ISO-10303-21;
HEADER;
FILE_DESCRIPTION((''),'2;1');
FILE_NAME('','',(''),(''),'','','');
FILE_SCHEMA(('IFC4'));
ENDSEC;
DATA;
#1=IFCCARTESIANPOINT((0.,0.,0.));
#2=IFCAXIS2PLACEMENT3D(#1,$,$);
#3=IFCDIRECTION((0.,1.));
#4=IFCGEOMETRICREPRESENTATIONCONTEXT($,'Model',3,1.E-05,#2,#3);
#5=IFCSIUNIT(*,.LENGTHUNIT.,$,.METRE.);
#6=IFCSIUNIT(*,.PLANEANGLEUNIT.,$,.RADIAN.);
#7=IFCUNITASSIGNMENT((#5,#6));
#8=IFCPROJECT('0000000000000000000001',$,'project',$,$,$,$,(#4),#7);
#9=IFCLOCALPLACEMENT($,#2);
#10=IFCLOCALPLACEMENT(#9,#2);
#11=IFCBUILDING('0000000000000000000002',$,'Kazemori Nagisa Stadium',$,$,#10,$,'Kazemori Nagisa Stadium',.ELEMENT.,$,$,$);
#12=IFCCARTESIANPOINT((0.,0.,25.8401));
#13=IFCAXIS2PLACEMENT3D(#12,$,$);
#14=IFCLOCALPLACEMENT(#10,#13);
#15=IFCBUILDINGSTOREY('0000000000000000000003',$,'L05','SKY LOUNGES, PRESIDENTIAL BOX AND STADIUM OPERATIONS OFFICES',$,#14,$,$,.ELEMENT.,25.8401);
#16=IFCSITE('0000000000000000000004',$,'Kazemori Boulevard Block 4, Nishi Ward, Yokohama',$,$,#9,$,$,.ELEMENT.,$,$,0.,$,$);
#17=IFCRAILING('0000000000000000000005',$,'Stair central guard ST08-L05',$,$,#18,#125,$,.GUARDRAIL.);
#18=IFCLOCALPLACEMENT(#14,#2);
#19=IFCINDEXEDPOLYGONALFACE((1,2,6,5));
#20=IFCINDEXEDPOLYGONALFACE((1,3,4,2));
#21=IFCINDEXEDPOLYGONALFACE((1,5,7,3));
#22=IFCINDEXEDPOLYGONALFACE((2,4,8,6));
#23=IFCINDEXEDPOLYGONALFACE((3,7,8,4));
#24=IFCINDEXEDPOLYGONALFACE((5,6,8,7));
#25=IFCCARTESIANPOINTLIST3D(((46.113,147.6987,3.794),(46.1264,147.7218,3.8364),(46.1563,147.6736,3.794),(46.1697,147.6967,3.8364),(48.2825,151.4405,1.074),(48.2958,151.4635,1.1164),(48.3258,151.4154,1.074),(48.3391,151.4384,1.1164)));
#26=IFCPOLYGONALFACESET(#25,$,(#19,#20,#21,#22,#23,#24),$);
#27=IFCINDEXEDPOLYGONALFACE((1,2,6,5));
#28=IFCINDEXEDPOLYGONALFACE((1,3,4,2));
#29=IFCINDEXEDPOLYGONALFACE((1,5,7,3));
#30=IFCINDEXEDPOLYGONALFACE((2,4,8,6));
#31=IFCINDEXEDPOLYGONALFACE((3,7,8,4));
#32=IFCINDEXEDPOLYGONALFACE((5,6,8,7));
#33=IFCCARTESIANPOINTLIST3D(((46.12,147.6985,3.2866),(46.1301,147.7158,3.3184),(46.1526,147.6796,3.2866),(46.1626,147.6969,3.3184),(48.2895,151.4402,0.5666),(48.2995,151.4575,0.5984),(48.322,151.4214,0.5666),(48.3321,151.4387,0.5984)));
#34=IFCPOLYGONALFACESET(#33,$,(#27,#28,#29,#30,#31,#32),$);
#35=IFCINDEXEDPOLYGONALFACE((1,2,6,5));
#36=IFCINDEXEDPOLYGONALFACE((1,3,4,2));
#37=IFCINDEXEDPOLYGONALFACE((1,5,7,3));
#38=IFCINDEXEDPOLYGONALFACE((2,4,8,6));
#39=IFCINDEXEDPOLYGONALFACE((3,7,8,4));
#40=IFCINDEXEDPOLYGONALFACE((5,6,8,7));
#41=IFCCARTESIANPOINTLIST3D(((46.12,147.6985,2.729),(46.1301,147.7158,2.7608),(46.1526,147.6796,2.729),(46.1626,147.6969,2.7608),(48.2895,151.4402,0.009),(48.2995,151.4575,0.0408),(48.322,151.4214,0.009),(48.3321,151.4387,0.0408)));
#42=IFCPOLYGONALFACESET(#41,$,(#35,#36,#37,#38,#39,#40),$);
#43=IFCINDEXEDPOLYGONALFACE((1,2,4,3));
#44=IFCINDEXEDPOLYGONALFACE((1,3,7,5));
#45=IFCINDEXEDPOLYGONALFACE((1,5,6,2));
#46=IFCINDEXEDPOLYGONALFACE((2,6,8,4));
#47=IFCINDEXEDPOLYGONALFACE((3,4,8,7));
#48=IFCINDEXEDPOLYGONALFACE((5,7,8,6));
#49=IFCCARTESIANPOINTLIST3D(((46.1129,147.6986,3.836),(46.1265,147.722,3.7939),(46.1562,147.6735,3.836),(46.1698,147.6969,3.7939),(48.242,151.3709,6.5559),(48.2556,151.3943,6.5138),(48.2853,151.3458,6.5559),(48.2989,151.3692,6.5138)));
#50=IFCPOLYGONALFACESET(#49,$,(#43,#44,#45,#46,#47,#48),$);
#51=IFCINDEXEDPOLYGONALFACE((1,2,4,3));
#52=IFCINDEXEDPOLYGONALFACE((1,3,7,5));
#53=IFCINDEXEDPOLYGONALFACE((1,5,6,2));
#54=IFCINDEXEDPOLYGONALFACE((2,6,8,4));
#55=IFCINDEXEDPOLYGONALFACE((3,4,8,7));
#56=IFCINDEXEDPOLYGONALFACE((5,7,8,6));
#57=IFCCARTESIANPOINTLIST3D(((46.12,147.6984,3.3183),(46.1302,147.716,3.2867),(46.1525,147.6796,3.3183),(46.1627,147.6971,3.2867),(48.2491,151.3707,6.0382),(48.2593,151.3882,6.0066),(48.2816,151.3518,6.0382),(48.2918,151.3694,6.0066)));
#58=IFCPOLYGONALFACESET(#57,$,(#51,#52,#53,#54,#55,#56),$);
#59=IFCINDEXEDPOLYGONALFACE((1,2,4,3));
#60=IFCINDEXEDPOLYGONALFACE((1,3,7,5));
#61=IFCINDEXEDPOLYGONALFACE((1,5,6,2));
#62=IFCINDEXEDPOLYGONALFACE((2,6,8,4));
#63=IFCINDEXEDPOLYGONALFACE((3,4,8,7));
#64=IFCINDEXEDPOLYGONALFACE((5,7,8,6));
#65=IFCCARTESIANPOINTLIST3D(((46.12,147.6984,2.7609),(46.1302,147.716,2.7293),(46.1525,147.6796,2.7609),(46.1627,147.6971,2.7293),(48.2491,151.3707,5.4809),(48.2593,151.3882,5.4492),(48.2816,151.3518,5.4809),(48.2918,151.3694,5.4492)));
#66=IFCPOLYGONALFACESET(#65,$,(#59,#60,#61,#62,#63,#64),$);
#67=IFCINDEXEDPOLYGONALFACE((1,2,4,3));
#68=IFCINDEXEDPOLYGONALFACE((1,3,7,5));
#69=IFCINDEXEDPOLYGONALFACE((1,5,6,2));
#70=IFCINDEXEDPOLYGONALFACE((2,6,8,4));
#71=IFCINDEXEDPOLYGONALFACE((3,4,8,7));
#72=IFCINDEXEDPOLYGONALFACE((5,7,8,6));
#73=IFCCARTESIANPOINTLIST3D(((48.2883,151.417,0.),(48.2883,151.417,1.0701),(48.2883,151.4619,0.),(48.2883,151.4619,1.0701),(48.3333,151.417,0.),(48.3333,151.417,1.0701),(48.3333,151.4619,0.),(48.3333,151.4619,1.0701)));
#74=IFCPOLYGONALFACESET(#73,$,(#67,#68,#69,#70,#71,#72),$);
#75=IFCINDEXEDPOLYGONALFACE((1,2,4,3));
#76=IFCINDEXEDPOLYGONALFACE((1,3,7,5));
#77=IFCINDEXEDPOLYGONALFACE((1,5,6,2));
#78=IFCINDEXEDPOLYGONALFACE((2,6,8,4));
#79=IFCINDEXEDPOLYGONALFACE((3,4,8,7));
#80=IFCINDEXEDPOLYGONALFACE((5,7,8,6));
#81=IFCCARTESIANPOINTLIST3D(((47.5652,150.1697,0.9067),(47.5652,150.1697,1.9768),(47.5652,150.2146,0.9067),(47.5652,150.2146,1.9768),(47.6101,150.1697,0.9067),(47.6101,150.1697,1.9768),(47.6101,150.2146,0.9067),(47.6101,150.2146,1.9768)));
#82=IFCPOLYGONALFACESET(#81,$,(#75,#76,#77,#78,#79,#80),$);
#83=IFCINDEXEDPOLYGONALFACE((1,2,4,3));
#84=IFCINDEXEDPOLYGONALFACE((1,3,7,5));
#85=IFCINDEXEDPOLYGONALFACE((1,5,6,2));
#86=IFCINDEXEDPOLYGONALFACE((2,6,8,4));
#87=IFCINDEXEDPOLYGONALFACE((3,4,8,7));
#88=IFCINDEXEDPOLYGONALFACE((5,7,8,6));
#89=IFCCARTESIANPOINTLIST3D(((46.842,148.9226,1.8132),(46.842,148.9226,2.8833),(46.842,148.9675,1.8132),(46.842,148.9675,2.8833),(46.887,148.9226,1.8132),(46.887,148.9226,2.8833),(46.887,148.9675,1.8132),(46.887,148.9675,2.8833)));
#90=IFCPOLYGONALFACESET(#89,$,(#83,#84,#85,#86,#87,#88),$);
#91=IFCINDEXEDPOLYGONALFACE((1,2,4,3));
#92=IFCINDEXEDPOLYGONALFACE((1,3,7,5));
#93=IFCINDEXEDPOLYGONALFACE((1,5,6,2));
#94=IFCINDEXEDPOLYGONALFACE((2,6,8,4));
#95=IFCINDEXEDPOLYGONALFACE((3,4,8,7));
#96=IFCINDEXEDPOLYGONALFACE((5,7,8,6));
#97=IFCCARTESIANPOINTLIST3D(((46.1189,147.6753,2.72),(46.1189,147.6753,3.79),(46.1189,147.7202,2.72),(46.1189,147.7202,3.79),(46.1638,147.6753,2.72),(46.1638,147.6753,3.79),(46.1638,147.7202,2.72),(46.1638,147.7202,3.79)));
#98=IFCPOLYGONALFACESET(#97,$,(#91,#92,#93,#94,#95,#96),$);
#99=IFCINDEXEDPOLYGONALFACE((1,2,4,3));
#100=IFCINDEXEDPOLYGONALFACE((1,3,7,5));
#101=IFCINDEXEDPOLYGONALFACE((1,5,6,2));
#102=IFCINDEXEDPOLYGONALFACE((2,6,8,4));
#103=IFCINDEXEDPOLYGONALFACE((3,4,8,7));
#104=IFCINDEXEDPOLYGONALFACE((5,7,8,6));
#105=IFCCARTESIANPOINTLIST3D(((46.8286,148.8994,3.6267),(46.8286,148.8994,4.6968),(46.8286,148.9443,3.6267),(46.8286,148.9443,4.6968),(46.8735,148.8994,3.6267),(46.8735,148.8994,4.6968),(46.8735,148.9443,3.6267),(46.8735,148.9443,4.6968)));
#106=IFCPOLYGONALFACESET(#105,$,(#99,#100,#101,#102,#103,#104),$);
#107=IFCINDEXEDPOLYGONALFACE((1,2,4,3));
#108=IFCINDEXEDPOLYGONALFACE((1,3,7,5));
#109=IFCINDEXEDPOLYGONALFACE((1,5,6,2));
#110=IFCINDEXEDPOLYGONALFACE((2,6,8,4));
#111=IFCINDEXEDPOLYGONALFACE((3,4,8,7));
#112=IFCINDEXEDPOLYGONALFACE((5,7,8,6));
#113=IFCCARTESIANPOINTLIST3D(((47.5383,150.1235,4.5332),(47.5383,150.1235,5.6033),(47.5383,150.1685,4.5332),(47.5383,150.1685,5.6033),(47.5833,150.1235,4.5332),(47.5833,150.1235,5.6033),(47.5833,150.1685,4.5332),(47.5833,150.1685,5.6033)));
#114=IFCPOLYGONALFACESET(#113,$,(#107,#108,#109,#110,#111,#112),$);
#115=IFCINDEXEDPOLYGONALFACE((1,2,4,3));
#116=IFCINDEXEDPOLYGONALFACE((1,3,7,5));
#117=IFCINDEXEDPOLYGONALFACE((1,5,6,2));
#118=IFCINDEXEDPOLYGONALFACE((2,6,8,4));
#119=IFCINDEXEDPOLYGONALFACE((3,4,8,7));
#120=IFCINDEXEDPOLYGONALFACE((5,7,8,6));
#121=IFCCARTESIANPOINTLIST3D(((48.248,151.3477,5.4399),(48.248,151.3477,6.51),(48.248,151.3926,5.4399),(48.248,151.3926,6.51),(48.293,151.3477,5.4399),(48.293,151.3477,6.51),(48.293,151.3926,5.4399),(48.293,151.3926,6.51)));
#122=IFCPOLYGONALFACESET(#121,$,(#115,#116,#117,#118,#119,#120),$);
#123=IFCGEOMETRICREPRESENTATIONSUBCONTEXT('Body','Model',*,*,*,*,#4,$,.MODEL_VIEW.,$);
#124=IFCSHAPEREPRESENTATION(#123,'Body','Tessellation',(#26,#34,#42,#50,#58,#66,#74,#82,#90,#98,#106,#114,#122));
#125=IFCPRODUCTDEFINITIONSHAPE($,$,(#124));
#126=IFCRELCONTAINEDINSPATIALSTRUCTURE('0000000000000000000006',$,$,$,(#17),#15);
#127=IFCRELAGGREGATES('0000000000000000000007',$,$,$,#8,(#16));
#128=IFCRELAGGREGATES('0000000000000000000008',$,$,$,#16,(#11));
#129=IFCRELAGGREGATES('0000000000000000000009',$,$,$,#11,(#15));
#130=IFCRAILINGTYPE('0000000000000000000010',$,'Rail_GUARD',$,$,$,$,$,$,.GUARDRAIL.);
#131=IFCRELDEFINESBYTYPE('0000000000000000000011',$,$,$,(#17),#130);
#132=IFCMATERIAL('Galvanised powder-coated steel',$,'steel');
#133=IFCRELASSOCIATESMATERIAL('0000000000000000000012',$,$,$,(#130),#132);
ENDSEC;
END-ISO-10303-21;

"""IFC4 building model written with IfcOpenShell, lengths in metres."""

from ifc_helpers import new_model, si_unit, direction, frame, origin, origin_2d, place, context, subcontext, project, spatial, rectangle, extrude, material, type_object, element, save


model = new_model("IFC4")

# Units and contexts
model_context = context("Model", 3, precision=1e-05, world=origin(), true_north=direction((0.0, 1.0)))
body_context = subcontext(model_context, "Body", "Model", "MODEL_VIEW")
ifc_project = project(units=[si_unit("LENGTHUNIT", "METRE"), si_unit("PLANEANGLEUNIT", "RADIAN")], contexts=[model_context])

# Site, building, storey
site_placement = place(None, origin())
site = spatial("IfcSite", under=ifc_project, at=site_placement, Name="Kazemori Boulevard Block 4, Nishi Ward, Yokohama", CompositionType="ELEMENT", RefElevation=0.0)
building_placement = place(site_placement, origin())
building = spatial("IfcBuilding", under=site, at=building_placement, Name="Kazemori Nagisa Stadium", LongName="Kazemori Nagisa Stadium", CompositionType="ELEMENT")
storey_placement = place(building_placement, frame((0.0, 0.0, 25.8401)))
storey = spatial("IfcBuildingStorey", under=building, at=storey_placement, Name="L05", Description="SKY LOUNGES, PRESIDENTIAL BOX AND STADIUM OPERATIONS OFFICES", CompositionType="ELEMENT", Elevation=25.8401)

# Railing
ifc_material_1 = material(Name="Galvanised powder-coated steel", Category="steel")
railing_type_1 = type_object("IfcRailingType", Name="Rail_GUARD", PredefinedType="GUARDRAIL", material=ifc_material_1)
railing_1_placement = place(storey_placement, frame((48.3108, 151.4395, 0.0)))
element("IfcRailing", 1, at=railing_1_placement, inside=storey, type_object=railing_type_1, Name="Stair central guard ST08-L05", PredefinedType="GUARDRAIL", context=body_context, shape_type="SweptSolid", body=[
    extrude(rectangle(XDim=0.05, YDim=0.05, at=origin_2d()), frame((0.0, 0.0, 1.0952), z_axis=(-0.424604, -0.73233, 0.532356), x_axis=(0.865107, -0.501588, 0.0)), (0.0, 0.0, 1.0), 5.1094),
    extrude(rectangle(XDim=0.0376, YDim=0.0376, at=origin_2d()), frame((0.0, 0.0, 0.5825), z_axis=(-0.424604, -0.73233, 0.532356), x_axis=(0.865107, -0.501588, 0.0)), (0.0, 0.0, 1.0), 5.1094),
    extrude(rectangle(XDim=0.0376, YDim=0.0376, at=origin_2d()), frame((0.0, 0.0, 0.0249), z_axis=(-0.424604, -0.73233, 0.532356), x_axis=(0.865107, -0.501588, 0.0)), (0.0, 0.0, 1.0), 5.1094),
    extrude(rectangle(XDim=0.05, YDim=0.05, at=origin_2d()), frame((-2.1694, -3.7417, 3.8149), z_axis=(0.422316, 0.728412, 0.539505), x_axis=(-0.865115, 0.501573, 0.0)), (0.0, 0.0, 1.0), 5.0415),
    extrude(rectangle(XDim=0.0376, YDim=0.0376, at=origin_2d()), frame((-2.1694, -3.7417, 3.3025), z_axis=(0.422316, 0.728412, 0.539505), x_axis=(-0.865115, 0.501573, 0.0)), (0.0, 0.0, 1.0), 5.0415),
    extrude(rectangle(XDim=0.0376, YDim=0.0376, at=origin_2d()), frame((-2.1694, -3.7417, 2.7451), z_axis=(0.422316, 0.728412, 0.539505), x_axis=(-0.865115, 0.501573, 0.0)), (0.0, 0.0, 1.0), 5.0415),
    extrude(rectangle(XDim=0.0449, YDim=0.0449, at=origin_2d()), origin(), (0.0, 0.0, 1.0), 1.0701),
    extrude(rectangle(XDim=0.0449, YDim=0.0449, at=origin_2d()), frame((-0.7231, -1.2473, 0.9067)), (0.0, 0.0, 1.0), 1.0701),
    extrude(rectangle(XDim=0.0449, YDim=0.0449, at=origin_2d()), frame((-1.4463, -2.4944, 1.8132)), (0.0, 0.0, 1.0), 1.0701),
    extrude(rectangle(XDim=0.0449, YDim=0.0449, at=origin_2d()), frame((-2.1694, -3.7417, 2.72)), (0.0, 0.0, 1.0), 1.0701),
    extrude(rectangle(XDim=0.0449, YDim=0.0449, at=origin_2d()), frame((-1.4597, -2.5176, 3.6267)), (0.0, 0.0, 1.0), 1.0701),
    extrude(rectangle(XDim=0.0449, YDim=0.0449, at=origin_2d()), frame((-0.75, -1.2935, 4.5332)), (0.0, 0.0, 1.0), 1.0701),
    extrude(rectangle(XDim=0.0449, YDim=0.0449, at=origin_2d()), frame((-0.0403, -0.0693, 5.4399)), (0.0, 0.0, 1.0), 1.0701),
])

save(model, "model.ifc")
